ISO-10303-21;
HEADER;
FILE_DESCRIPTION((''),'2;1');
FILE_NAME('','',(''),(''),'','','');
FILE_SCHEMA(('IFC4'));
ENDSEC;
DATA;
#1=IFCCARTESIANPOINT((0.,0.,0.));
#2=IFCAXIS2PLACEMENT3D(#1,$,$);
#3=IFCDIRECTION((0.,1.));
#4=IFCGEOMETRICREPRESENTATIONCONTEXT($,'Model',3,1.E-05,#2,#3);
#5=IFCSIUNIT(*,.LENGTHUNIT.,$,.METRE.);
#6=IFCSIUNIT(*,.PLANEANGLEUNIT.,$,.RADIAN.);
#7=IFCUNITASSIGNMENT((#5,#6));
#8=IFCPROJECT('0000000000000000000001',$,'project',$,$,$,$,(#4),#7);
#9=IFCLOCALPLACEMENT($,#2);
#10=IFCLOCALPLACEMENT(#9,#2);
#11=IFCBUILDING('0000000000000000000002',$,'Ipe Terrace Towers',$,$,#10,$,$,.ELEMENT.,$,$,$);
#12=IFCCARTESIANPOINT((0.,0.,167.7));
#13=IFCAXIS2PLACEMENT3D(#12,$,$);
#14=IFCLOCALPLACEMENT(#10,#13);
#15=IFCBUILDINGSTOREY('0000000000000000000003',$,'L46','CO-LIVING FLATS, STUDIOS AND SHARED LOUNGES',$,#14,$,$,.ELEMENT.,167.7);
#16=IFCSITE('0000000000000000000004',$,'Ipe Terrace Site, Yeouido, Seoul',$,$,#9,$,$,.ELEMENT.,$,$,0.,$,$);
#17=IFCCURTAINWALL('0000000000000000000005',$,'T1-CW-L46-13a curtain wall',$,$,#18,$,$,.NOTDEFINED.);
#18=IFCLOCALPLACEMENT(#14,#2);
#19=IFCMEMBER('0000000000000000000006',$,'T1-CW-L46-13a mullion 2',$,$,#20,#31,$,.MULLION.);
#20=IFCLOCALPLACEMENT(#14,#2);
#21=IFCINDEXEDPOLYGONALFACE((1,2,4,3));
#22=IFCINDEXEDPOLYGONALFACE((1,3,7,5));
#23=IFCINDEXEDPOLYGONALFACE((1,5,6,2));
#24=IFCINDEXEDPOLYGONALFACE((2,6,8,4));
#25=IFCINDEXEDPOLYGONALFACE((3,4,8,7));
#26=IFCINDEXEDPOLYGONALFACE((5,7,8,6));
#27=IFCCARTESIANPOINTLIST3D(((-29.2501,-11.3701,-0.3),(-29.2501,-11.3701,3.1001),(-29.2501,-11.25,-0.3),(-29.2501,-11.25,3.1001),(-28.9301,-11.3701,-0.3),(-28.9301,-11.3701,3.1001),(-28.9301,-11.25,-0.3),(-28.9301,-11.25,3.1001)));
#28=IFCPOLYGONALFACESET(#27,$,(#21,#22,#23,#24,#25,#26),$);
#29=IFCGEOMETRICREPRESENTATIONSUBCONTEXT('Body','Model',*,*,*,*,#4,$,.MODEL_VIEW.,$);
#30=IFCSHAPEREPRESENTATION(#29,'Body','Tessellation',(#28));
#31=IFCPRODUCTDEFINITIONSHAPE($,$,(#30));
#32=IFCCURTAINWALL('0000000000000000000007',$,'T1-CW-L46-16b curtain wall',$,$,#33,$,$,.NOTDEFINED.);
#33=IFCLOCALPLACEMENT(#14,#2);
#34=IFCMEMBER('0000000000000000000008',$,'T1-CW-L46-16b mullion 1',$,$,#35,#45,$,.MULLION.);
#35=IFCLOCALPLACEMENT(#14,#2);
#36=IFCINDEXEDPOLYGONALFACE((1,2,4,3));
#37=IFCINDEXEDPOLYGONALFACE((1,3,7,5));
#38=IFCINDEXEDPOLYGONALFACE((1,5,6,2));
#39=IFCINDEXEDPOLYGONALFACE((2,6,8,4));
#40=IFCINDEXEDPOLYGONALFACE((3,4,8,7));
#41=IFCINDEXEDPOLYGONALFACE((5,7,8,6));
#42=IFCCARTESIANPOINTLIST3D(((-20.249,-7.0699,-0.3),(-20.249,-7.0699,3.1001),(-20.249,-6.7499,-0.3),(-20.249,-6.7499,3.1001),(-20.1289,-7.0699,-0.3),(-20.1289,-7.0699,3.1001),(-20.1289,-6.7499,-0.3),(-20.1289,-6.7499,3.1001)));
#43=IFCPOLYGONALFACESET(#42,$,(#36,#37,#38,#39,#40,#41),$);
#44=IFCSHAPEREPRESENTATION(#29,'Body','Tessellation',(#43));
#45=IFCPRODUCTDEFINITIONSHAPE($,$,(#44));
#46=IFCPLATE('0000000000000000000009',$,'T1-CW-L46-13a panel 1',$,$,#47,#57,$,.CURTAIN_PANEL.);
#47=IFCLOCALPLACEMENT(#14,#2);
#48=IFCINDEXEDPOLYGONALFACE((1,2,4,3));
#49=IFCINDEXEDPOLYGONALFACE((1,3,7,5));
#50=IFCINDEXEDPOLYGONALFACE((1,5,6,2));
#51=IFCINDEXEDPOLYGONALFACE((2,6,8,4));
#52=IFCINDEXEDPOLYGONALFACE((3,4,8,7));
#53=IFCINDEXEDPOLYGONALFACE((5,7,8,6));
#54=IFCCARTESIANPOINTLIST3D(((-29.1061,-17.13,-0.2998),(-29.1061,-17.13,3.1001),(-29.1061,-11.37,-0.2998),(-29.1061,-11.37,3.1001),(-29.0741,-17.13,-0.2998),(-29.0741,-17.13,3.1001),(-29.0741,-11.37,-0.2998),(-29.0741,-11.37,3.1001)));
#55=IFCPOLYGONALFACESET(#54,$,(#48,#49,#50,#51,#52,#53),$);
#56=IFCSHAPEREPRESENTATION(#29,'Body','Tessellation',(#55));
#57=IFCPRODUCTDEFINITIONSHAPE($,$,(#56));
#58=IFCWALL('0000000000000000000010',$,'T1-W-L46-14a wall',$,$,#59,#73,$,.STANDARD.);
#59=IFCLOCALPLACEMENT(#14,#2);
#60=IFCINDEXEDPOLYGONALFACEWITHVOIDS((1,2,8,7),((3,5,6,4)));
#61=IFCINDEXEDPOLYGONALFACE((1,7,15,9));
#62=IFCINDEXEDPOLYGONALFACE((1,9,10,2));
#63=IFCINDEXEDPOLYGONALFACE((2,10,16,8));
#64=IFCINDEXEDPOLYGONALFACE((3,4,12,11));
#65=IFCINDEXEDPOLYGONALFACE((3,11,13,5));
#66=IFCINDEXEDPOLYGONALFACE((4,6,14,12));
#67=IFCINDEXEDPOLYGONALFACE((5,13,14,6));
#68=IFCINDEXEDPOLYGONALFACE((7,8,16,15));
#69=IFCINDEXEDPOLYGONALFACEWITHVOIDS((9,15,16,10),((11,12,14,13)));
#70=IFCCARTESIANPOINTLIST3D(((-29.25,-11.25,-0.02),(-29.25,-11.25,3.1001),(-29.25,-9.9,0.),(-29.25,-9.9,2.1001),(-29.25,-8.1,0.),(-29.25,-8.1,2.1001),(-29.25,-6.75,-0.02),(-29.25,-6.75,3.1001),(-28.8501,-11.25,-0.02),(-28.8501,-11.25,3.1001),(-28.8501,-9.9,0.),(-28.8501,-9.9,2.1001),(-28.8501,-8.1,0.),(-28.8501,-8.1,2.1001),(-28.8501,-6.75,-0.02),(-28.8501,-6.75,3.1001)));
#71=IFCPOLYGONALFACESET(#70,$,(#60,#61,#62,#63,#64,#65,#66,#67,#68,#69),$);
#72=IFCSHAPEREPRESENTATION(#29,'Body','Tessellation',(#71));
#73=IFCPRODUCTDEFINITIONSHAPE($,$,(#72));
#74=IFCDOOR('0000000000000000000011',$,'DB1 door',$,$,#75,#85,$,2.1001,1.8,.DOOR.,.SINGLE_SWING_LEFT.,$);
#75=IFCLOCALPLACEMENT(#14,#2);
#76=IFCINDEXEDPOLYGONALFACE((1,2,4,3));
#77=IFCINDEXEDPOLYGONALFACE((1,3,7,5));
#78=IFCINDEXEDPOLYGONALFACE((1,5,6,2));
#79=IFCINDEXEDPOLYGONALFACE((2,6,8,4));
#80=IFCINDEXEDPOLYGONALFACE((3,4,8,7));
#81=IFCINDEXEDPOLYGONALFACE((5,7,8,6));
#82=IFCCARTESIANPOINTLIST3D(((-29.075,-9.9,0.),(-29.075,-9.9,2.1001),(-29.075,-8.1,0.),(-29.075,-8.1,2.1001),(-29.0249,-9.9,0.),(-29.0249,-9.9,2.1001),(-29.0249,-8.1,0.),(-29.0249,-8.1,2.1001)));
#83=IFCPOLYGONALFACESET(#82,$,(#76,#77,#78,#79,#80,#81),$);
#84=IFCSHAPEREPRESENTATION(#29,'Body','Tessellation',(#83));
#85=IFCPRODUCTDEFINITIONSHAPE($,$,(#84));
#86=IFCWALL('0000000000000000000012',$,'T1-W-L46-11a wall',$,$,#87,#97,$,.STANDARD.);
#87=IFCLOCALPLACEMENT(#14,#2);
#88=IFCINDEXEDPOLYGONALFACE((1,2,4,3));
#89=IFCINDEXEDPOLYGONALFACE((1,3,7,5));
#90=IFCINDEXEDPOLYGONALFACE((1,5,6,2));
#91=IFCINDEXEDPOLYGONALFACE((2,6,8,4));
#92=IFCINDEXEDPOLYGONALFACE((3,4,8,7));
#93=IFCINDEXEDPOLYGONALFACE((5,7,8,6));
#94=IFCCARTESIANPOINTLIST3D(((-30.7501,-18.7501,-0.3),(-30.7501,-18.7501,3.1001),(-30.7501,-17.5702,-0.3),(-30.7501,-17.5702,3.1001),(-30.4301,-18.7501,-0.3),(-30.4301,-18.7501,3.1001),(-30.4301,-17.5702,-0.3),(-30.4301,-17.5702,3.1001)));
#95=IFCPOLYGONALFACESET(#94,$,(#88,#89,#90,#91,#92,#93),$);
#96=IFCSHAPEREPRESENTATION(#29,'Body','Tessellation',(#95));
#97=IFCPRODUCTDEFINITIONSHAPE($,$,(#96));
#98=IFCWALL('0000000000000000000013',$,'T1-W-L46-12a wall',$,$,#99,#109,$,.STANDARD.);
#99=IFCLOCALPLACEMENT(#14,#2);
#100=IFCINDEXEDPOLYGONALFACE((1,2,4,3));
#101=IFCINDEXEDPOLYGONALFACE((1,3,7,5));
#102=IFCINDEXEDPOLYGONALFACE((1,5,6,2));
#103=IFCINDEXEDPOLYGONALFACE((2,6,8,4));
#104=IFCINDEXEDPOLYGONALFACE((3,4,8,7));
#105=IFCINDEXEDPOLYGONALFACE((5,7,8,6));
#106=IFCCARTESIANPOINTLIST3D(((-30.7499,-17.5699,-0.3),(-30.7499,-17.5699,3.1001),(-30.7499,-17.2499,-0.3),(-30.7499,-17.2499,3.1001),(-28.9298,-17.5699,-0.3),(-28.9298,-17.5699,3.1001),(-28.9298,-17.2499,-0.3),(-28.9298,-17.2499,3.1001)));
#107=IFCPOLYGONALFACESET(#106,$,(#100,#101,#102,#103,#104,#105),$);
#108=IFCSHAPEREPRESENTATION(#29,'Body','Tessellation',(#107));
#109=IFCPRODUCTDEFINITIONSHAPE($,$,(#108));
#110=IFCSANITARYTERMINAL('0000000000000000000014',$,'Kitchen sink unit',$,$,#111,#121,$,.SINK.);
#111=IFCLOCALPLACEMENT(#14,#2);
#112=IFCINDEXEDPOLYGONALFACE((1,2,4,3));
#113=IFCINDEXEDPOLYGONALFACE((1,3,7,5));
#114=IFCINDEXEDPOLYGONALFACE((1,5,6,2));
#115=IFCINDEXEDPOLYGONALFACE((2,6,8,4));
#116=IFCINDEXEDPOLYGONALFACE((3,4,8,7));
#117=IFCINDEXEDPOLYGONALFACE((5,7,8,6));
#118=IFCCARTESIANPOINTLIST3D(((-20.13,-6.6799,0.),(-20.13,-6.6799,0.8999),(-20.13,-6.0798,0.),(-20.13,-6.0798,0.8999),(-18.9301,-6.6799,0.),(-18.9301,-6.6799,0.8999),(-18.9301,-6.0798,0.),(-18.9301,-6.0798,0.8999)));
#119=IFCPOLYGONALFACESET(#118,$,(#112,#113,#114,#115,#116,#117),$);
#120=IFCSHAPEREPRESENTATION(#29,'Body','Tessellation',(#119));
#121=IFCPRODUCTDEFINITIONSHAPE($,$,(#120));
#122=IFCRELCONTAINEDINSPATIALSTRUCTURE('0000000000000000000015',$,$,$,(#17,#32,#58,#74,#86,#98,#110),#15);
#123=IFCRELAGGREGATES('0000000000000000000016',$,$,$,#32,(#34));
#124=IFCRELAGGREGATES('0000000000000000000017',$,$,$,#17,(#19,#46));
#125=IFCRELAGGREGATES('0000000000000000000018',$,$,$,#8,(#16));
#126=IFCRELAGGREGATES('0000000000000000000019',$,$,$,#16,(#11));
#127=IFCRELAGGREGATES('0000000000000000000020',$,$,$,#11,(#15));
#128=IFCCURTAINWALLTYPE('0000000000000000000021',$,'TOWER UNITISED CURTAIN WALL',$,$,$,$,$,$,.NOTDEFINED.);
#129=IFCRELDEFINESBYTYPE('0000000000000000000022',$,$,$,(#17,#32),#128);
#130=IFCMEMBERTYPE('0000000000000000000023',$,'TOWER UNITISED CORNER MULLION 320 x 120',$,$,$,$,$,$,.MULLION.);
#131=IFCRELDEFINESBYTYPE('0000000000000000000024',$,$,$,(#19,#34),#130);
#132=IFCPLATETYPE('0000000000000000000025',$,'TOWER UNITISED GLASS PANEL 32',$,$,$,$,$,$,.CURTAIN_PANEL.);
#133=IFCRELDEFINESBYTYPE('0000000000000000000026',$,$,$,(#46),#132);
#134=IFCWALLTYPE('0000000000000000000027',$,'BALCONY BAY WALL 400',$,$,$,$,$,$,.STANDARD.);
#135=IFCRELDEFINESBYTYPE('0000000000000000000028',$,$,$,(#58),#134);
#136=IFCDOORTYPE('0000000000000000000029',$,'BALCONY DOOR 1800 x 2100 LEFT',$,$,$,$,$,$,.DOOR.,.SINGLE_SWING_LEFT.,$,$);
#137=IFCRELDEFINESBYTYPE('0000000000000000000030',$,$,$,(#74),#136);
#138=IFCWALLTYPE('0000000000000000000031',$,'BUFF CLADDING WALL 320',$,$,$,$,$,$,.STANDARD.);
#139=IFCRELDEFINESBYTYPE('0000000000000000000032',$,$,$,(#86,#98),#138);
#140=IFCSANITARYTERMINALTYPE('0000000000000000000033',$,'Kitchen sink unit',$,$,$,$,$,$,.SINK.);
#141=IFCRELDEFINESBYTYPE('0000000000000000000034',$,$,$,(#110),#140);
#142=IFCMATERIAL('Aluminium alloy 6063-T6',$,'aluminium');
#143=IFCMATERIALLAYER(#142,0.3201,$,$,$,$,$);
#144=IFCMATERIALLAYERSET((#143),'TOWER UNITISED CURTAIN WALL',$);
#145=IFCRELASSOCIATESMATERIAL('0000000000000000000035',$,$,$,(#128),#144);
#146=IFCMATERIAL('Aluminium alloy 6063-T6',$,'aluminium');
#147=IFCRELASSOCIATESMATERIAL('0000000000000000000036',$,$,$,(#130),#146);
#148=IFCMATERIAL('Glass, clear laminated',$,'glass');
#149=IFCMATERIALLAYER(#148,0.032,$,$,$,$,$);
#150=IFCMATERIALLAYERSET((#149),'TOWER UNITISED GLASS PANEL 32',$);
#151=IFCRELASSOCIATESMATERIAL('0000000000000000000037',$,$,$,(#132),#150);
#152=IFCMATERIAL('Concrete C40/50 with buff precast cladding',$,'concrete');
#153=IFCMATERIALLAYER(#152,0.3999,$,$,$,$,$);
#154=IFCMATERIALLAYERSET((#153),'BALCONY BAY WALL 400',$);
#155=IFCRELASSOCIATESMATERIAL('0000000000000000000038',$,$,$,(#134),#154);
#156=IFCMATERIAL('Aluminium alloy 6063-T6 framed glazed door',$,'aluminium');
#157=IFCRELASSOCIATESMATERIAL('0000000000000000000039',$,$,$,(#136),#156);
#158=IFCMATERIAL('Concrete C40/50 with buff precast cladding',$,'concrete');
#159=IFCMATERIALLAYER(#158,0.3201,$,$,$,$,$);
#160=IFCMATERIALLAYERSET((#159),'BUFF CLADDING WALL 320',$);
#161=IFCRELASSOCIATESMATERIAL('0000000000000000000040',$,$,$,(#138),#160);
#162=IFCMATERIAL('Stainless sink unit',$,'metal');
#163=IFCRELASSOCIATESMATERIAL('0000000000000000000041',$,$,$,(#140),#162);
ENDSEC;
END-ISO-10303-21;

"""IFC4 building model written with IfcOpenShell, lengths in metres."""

from ifc_helpers import new_model, si_unit, direction, frame, frame_2d, origin, origin_2d, place, context, subcontext, project, spatial, rectangle, extrude, material, layer, layer_set, material_profile, profile_set, type_object, element, fill, aggregate, save


model = new_model("IFC4")

# Units and contexts
model_context = context("Model", 3, precision=1e-05, world=origin(), true_north=direction((0.0, 1.0)))
body_context = subcontext(model_context, "Body", "Model", "MODEL_VIEW")
ifc_project = project(units=[si_unit("LENGTHUNIT", "METRE"), si_unit("PLANEANGLEUNIT", "RADIAN")], contexts=[model_context])

# Site, building, storey
site_placement = place(None, origin())
site = spatial("IfcSite", under=ifc_project, at=site_placement, Name="Ipe Terrace Site, Yeouido, Seoul", CompositionType="ELEMENT", RefElevation=0.0)
building_placement = place(site_placement, origin())
building = spatial("IfcBuilding", under=site, at=building_placement, Name="Ipe Terrace Towers", CompositionType="ELEMENT")
storey_placement = place(building_placement, frame((0.0, 0.0, 167.7)))
storey = spatial("IfcBuildingStorey", under=building, at=storey_placement, Name="L46", Description="CO-LIVING FLATS, STUDIOS AND SHARED LOUNGES", CompositionType="ELEMENT", Elevation=167.7)

# Curtain wall, member
ifc_material_1 = material(Name="Aluminium alloy 6063-T6", Category="aluminium")
ifc_layer_1 = layer(ifc_material_1, 0.3201)
ifc_layer_set_1 = layer_set([ifc_layer_1], Name="TOWER UNITISED CURTAIN WALL")
curtain_wall_type = type_object("IfcCurtainWallType", Name="TOWER UNITISED CURTAIN WALL", PredefinedType="NOTDEFINED", material=ifc_layer_set_1)
curtain_wall_1_placement = place(storey_placement, origin())
curtain_wall_1 = element("IfcCurtainWall", 1, at=curtain_wall_1_placement, inside=storey, type_object=curtain_wall_type, Name="T1-CW-L46-13a curtain wall", PredefinedType="NOTDEFINED")
ifc_material_2 = material(Name="Aluminium alloy 6063-T6", Category="aluminium")
ifc_material_profile_1 = material_profile(ifc_material_2, rectangle(XDim=0.3201, YDim=0.1201, at=origin_2d()), Name="TOWER UNITISED CORNER MULLION 320 x 120")
ifc_profile_set_1 = profile_set([ifc_material_profile_1], Name="Aluminium alloy 6063-T6")
member_type = type_object("IfcMemberType", Name="TOWER UNITISED CORNER MULLION 320 x 120", PredefinedType="MULLION", material=ifc_profile_set_1)
member_1_placement = place(storey_placement, frame((-29.0901, -11.3101, -0.3), z_axis=(0.0, 0.0, 1.0), x_axis=(1.0, 0.0, 0.0)))
member_1 = element("IfcMember", 2, at=member_1_placement, type_object=member_type, Name="T1-CW-L46-13a mullion 2", PredefinedType="MULLION", context=body_context, shape_type="SweptSolid", body=[
    extrude(rectangle(XDim=0.3201, YDim=0.1201, at=origin_2d()), origin(), (0.0, 0.0, 1.0), 3.4001),
])

# Curtain wall, member
curtain_wall_2_placement = place(storey_placement, origin())
curtain_wall_2 = element("IfcCurtainWall", 3, at=curtain_wall_2_placement, inside=storey, type_object=curtain_wall_type, Name="T1-CW-L46-16b curtain wall", PredefinedType="NOTDEFINED")
member_2_placement = place(storey_placement, frame((-20.189, -6.9099, -0.3), z_axis=(0.0, 0.0, 1.0), x_axis=(0.0, -1.0, 0.0)))
member_2 = element("IfcMember", 4, at=member_2_placement, type_object=member_type, Name="T1-CW-L46-16b mullion 1", PredefinedType="MULLION", context=body_context, shape_type="SweptSolid", body=[
    extrude(rectangle(XDim=0.3201, YDim=0.1201, at=origin_2d()), origin(), (0.0, 0.0, 1.0), 3.4001),
])
aggregate(curtain_wall_2, [member_2])

# Plate
ifc_material_3 = material(Name="Glass, clear laminated", Category="glass")
ifc_layer_2 = layer(ifc_material_3, 0.032)
ifc_layer_set_2 = layer_set([ifc_layer_2], Name="TOWER UNITISED GLASS PANEL 32")
plate_type = type_object("IfcPlateType", Name="TOWER UNITISED GLASS PANEL 32", PredefinedType="CURTAIN_PANEL", material=ifc_layer_set_2)
plate_placement = place(storey_placement, frame((-29.0901, -14.25, -0.2998), z_axis=(0.0, 0.0, 1.0), x_axis=(0.0, 1.0, 0.0)))
plate = element("IfcPlate", 5, at=plate_placement, type_object=plate_type, Name="T1-CW-L46-13a panel 1", PredefinedType="CURTAIN_PANEL", context=body_context, shape_type="SweptSolid", body=[
    extrude(rectangle(XDim=5.76, YDim=0.032, at=origin_2d()), origin(), (0.0, 0.0, 1.0), 3.3999),
])
aggregate(curtain_wall_1, [member_1, plate])

# Wall, opening, door
ifc_material_4 = material(Name="Concrete C40/50 with buff precast cladding", Category="concrete")
ifc_layer_3 = layer(ifc_material_4, 0.3999)
ifc_layer_set_3 = layer_set([ifc_layer_3], Name="BALCONY BAY WALL 400")
wall_type_1 = type_object("IfcWallType", Name="BALCONY BAY WALL 400", PredefinedType="STANDARD", material=ifc_layer_set_3)
wall_1_placement = place(storey_placement, frame((-29.05, -11.25, -0.02), z_axis=(0.0, 0.0, 1.0), x_axis=(0.0, 1.0, 0.0)))
wall_1 = element("IfcWall", 6, at=wall_1_placement, inside=storey, type_object=wall_type_1, Name="T1-W-L46-14a wall", PredefinedType="STANDARD", context=body_context, shape_type="SweptSolid", body=[
    extrude(rectangle(XDim=4.5, YDim=0.3999, at=frame_2d((2.25, 0.0))), origin(), (0.0, 0.0, 1.0), 3.1201),
])
opening_placement = place(wall_1_placement, frame((1.3501, 0.0, 0.02)))
opening = element("IfcOpeningElement", 7, at=opening_placement, cuts=wall_1, PredefinedType="OPENING", context=body_context, shape_type="SweptSolid", body=[
    extrude(rectangle(XDim=1.8, YDim=2.1001, at=frame_2d((0.8999, 1.05))), frame((0.0, 0.21, 0.0), z_axis=(0.0, -1.0, 0.0), x_axis=(1.0, 0.0, 0.0)), (0.0, 0.0, 1.0), 0.4199),
])
ifc_material_5 = material(Name="Aluminium alloy 6063-T6 framed glazed door", Category="aluminium")
door_type = type_object("IfcDoorType", Name="BALCONY DOOR 1800 x 2100 LEFT", OperationType="SINGLE_SWING_LEFT", PredefinedType="DOOR", material=ifc_material_5)
door_placement = place(opening_placement, origin())
door = element("IfcDoor", 8, at=door_placement, inside=storey, type_object=door_type, Name="DB1 door", OperationType="SINGLE_SWING_LEFT", OverallHeight=2.1001, OverallWidth=1.8, PredefinedType="DOOR", context=body_context, shape_type="SweptSolid", body=[
    extrude(rectangle(XDim=1.8, YDim=2.1001, at=frame_2d((0.8999, 1.05))), frame((0.0, 0.0249, 0.0), z_axis=(0.0, -1.0, 0.0), x_axis=(1.0, 0.0, 0.0)), (0.0, 0.0, 1.0), 0.05),
])
fill(opening, door)

# Walls
ifc_material_6 = material(Name="Concrete C40/50 with buff precast cladding", Category="concrete")
ifc_layer_4 = layer(ifc_material_6, 0.3201)
ifc_layer_set_4 = layer_set([ifc_layer_4], Name="BUFF CLADDING WALL 320")
wall_type_2 = type_object("IfcWallType", Name="BUFF CLADDING WALL 320", PredefinedType="STANDARD", material=ifc_layer_set_4)
wall_2_placement = place(storey_placement, frame((-30.5901, -18.75, -0.3), z_axis=(0.0, 0.0, 1.0), x_axis=(0.0, 1.0, 0.0)))
element("IfcWall", 9, at=wall_2_placement, inside=storey, type_object=wall_type_2, Name="T1-W-L46-11a wall", PredefinedType="STANDARD", context=body_context, shape_type="SweptSolid", body=[
    extrude(rectangle(XDim=1.1799, YDim=0.3201, at=frame_2d((0.5898, 0.0))), origin(), (0.0, 0.0, 1.0), 3.4001),
])
wall_3_placement = place(storey_placement, frame((-30.75, -17.4099, -0.3), z_axis=(0.0, 0.0, 1.0), x_axis=(1.0, 0.0, 0.0)))
element("IfcWall", 10, at=wall_3_placement, inside=storey, type_object=wall_type_2, Name="T1-W-L46-12a wall", PredefinedType="STANDARD", context=body_context, shape_type="SweptSolid", body=[
    extrude(rectangle(XDim=1.8201, YDim=0.3201, at=frame_2d((0.9102, 0.0))), origin(), (0.0, 0.0, 1.0), 3.4001),
])

# Sanitary terminal
ifc_material_7 = material(Name="Stainless sink unit", Category="metal")
sanitary_terminal_type = type_object("IfcSanitaryTerminalType", Name="Kitchen sink unit", PredefinedType="SINK", material=ifc_material_7)
sanitary_terminal_placement = place(storey_placement, frame((-19.53, -6.3799, 0.0), z_axis=(0.0, 0.0, 1.0), x_axis=(-1.0, 0.0, 0.0)))
element("IfcSanitaryTerminal", 11, at=sanitary_terminal_placement, inside=storey, type_object=sanitary_terminal_type, Name="Kitchen sink unit", PredefinedType="SINK", context=body_context, shape_type="SweptSolid", body=[
    extrude(rectangle(XDim=1.2, YDim=0.6001, at=origin_2d()), origin(), (0.0, 0.0, 1.0), 0.8999),
])

save(model, "model.ifc")
